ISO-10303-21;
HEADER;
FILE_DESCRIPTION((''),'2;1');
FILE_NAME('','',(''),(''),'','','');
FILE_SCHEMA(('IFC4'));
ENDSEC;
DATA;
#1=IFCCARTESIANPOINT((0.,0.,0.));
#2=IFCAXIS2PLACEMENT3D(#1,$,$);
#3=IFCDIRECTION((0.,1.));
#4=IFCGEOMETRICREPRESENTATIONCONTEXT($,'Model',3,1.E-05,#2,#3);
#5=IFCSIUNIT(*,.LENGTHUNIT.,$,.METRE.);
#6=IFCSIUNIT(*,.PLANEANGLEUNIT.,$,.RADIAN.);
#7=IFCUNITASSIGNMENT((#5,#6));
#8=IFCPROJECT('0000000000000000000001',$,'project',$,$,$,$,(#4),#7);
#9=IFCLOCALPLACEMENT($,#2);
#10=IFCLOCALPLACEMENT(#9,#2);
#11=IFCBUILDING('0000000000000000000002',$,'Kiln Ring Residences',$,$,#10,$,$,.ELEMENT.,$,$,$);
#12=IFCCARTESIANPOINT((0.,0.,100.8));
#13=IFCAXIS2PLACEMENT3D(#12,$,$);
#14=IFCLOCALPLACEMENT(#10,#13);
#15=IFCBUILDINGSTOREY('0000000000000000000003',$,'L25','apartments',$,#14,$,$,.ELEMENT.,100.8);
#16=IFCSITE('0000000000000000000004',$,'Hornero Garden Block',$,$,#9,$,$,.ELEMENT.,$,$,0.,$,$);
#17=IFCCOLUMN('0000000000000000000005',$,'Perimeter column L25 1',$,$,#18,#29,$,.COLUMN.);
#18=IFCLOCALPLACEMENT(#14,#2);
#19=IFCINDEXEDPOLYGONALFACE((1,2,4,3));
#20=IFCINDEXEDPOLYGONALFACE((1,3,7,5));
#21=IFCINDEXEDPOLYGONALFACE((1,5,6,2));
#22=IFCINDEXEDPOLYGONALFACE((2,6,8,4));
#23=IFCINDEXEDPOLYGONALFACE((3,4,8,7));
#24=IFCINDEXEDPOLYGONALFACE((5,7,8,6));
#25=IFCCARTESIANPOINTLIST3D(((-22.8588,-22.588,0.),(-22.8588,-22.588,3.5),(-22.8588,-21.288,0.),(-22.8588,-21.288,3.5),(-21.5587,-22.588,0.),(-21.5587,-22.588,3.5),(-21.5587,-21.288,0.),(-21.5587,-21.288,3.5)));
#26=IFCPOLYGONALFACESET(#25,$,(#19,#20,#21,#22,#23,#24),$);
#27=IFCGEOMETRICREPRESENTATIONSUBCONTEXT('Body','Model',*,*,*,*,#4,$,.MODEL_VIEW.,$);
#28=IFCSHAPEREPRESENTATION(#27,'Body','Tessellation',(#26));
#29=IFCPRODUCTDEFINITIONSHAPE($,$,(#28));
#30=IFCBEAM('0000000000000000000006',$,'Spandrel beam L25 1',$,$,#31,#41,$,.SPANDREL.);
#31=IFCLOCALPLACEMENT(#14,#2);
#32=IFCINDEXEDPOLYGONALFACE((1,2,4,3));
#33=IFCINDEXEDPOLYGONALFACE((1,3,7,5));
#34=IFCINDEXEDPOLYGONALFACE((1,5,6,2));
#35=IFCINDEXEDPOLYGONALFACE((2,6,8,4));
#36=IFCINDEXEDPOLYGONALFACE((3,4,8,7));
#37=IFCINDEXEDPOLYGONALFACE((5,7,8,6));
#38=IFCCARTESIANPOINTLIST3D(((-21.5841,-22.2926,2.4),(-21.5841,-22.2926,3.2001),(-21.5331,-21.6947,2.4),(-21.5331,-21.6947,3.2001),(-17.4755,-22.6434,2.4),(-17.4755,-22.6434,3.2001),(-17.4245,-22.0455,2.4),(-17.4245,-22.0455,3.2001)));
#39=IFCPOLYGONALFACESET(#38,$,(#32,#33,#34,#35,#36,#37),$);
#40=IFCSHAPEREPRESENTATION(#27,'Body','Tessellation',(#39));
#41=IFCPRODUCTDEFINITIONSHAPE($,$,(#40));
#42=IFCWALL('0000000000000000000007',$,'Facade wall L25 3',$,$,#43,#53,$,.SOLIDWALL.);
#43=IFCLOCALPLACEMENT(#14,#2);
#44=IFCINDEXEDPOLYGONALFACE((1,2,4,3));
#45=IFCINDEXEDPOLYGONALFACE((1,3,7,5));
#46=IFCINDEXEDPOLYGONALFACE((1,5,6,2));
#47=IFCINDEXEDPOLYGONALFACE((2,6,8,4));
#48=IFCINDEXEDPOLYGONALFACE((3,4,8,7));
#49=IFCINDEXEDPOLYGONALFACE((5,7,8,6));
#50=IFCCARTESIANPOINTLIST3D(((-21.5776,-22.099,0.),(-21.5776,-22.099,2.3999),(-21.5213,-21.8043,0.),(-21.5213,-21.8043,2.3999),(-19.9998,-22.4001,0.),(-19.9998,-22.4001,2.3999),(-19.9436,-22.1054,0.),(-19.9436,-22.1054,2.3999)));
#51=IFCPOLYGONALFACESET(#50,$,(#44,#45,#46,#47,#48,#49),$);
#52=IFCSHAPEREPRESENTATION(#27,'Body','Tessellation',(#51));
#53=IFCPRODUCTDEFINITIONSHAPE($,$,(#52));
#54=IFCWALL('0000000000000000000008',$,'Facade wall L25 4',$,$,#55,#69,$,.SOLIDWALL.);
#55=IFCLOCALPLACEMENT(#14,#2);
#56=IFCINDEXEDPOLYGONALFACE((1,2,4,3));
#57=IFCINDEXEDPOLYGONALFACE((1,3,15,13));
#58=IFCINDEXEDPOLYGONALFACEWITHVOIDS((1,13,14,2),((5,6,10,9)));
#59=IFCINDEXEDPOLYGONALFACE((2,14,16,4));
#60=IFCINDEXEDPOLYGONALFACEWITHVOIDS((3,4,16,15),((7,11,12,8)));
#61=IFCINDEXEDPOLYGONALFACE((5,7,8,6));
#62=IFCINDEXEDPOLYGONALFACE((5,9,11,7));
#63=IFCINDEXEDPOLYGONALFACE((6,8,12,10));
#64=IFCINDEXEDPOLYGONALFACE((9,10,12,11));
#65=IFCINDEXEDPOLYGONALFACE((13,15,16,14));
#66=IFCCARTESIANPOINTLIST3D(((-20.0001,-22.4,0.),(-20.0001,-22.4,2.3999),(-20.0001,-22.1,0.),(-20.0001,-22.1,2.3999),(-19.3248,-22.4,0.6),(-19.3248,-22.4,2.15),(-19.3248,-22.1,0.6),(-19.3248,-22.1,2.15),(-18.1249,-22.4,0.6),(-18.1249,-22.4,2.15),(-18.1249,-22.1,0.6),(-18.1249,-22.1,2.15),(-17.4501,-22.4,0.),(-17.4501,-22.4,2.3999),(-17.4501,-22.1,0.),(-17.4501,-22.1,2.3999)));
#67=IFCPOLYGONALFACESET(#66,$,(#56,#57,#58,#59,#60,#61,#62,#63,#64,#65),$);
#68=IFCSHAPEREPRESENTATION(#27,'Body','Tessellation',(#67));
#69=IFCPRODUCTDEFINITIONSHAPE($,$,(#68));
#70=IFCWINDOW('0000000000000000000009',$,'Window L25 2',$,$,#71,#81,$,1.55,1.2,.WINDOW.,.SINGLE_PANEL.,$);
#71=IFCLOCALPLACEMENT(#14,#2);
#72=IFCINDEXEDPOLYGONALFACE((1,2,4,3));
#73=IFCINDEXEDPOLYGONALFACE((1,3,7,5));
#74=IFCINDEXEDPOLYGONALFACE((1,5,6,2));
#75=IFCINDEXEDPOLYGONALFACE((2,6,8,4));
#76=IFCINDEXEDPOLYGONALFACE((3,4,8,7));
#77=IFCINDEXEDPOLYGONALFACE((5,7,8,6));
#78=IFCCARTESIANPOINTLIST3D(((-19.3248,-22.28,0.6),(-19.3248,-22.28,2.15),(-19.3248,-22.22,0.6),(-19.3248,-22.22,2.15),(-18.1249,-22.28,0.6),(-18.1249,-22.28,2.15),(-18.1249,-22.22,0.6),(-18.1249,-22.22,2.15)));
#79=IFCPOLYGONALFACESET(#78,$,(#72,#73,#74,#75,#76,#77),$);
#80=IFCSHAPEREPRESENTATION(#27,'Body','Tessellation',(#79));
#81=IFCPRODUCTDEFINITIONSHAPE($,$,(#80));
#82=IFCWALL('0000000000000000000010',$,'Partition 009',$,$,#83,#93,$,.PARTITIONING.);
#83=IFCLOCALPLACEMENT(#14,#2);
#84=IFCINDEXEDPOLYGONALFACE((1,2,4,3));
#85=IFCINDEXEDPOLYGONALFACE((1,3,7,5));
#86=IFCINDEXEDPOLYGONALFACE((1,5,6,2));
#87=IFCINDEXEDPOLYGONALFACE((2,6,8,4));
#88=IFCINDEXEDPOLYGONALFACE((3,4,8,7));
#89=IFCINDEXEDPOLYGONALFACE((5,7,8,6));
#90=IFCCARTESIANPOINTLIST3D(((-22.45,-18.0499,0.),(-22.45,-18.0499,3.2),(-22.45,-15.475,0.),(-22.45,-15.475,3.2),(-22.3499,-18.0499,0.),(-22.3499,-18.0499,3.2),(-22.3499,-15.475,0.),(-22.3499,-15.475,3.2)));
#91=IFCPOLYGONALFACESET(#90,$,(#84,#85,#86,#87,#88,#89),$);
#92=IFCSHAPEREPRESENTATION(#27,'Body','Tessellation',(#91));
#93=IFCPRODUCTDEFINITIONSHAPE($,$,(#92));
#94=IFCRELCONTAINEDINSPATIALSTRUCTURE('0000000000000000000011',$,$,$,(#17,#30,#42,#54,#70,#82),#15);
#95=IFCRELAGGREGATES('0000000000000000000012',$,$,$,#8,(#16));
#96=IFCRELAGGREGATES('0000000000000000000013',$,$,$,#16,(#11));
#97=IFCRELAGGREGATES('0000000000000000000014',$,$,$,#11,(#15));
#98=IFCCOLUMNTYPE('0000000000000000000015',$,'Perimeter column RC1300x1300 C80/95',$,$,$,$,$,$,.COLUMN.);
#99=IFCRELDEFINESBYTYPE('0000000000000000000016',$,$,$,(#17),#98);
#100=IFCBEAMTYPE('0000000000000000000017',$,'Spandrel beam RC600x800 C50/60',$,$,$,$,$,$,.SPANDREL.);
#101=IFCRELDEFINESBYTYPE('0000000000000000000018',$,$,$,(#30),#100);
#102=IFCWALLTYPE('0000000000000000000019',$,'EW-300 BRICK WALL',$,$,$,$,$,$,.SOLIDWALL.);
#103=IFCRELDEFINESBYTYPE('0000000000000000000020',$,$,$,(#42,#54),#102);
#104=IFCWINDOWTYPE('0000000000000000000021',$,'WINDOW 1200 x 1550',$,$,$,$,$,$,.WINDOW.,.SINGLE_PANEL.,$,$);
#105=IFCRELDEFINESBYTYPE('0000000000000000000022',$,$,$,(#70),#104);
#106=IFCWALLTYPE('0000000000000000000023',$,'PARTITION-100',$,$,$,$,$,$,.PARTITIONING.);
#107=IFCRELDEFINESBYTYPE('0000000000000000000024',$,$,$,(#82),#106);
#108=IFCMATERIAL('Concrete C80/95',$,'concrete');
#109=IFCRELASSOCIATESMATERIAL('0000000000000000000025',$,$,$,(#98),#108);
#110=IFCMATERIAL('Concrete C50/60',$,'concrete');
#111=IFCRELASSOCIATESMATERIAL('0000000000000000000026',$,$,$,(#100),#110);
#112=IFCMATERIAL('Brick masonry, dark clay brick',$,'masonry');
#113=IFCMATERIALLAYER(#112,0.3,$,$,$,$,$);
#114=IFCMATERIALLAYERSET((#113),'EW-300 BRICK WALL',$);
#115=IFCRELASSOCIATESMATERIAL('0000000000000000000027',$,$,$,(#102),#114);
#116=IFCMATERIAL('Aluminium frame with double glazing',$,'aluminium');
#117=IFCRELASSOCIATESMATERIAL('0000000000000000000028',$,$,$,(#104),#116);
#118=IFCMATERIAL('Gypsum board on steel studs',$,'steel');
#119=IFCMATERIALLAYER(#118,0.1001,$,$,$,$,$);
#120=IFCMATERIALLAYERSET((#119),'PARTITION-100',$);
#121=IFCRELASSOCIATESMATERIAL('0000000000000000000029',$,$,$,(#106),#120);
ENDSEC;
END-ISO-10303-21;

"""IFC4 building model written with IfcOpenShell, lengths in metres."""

from ifc_helpers import new_model, si_unit, direction, frame, frame_2d, origin, origin_2d, place, context, subcontext, project, spatial, rectangle, extrude, material, layer, layer_set, material_profile, profile_set, type_object, element, fill, save


model = new_model("IFC4")

# Units and contexts
model_context = context("Model", 3, precision=1e-05, world=origin(), true_north=direction((0.0, 1.0)))
body_context = subcontext(model_context, "Body", "Model", "MODEL_VIEW")
ifc_project = project(units=[si_unit("LENGTHUNIT", "METRE"), si_unit("PLANEANGLEUNIT", "RADIAN")], contexts=[model_context])

# Site, building, storey
site_placement = place(None, origin())
site = spatial("IfcSite", under=ifc_project, at=site_placement, Name="Hornero Garden Block", CompositionType="ELEMENT", RefElevation=0.0)
building_placement = place(site_placement, origin())
building = spatial("IfcBuilding", under=site, at=building_placement, Name="Kiln Ring Residences", CompositionType="ELEMENT")
storey_placement = place(building_placement, frame((0.0, 0.0, 100.8)))
storey = spatial("IfcBuildingStorey", under=building, at=storey_placement, Name="L25", Description="apartments", CompositionType="ELEMENT", Elevation=100.8)

# Column
ifc_material_1 = material(Name="Concrete C80/95", Category="concrete")
ifc_material_profile_1 = material_profile(ifc_material_1, rectangle(XDim=1.3, YDim=1.3, at=origin_2d()), Name="RC1300x1300")
ifc_profile_set_1 = profile_set([ifc_material_profile_1], Name="Concrete C80/95")
column_type = type_object("IfcColumnType", Name="Perimeter column RC1300x1300 C80/95", PredefinedType="COLUMN", material=ifc_profile_set_1)
column_placement = place(storey_placement, frame((-22.2087, -21.938, 0.0), z_axis=(0.0, 0.0, 1.0), x_axis=(1.0, 0.0, 0.0)))
element("IfcColumn", 1, at=column_placement, inside=storey, type_object=column_type, Name="Perimeter column L25 1", PredefinedType="COLUMN", context=body_context, shape_type="SweptSolid", body=[
    extrude(rectangle(XDim=1.3, YDim=1.3, at=origin_2d()), origin(), (0.0, 0.0, 1.0), 3.5),
])

# Beam
ifc_material_2 = material(Name="Concrete C50/60", Category="concrete")
ifc_material_profile_2 = material_profile(ifc_material_2, rectangle(XDim=0.6001, YDim=0.8, at=origin_2d()), Name="RC600x800")
ifc_profile_set_2 = profile_set([ifc_material_profile_2], Name="Concrete C50/60")
beam_type = type_object("IfcBeamType", Name="Spandrel beam RC600x800 C50/60", PredefinedType="SPANDREL", material=ifc_profile_set_2)
beam_placement = place(storey_placement, frame((-21.5586, -21.9937, 2.8), z_axis=(0.996374, -0.085079, 0.0), x_axis=(0.085079, 0.996374, 0.0)))
element("IfcBeam", 2, at=beam_placement, inside=storey, type_object=beam_type, Name="Spandrel beam L25 1", PredefinedType="SPANDREL", context=body_context, shape_type="SweptSolid", body=[
    extrude(rectangle(XDim=0.6001, YDim=0.8, at=origin_2d()), origin(), (0.0, 0.0, 1.0), 4.1235),
])

# Wall
ifc_material_3 = material(Name="Brick masonry, dark clay brick", Category="masonry")
ifc_layer_1 = layer(ifc_material_3, 0.3)
ifc_layer_set_1 = layer_set([ifc_layer_1], Name="EW-300 BRICK WALL")
wall_type_1 = type_object("IfcWallType", Name="EW-300 BRICK WALL", PredefinedType="SOLIDWALL", material=ifc_layer_set_1)
wall_1_placement = place(storey_placement, frame((-21.5496, -21.9517, 0.0), z_axis=(0.0, 0.0, 1.0), x_axis=(0.982279, -0.187426, 0.0)))
element("IfcWall", 3, at=wall_1_placement, inside=storey, type_object=wall_type_1, Name="Facade wall L25 3", PredefinedType="SOLIDWALL", context=body_context, shape_type="SweptSolid", body=[
    extrude(rectangle(XDim=1.6062, YDim=0.3, at=frame_2d((0.8032, 0.0))), origin(), (0.0, 0.0, 1.0), 2.3999),
])

# Wall, opening, window
wall_2_placement = place(storey_placement, frame((-20.0, -22.25, 0.0), z_axis=(0.0, 0.0, 1.0), x_axis=(1.0, 0.0, 0.0)))
wall_2 = element("IfcWall", 4, at=wall_2_placement, inside=storey, type_object=wall_type_1, Name="Facade wall L25 4", PredefinedType="SOLIDWALL", context=body_context, shape_type="SweptSolid", body=[
    extrude(rectangle(XDim=2.55, YDim=0.3, at=frame_2d((1.2749, 0.0))), origin(), (0.0, 0.0, 1.0), 2.3999),
])
opening_placement = place(wall_2_placement, frame((0.675, 0.0, 0.6001)))
opening = element("IfcOpeningElement", 5, at=opening_placement, cuts=wall_2, PredefinedType="OPENING", context=body_context, shape_type="SweptSolid", body=[
    extrude(rectangle(XDim=1.2, YDim=1.55, at=frame_2d((0.6001, 0.7749))), frame((0.0, 0.1599, 0.0), z_axis=(0.0, -1.0, 0.0), x_axis=(1.0, 0.0, 0.0)), (0.0, 0.0, 1.0), 0.3201),
])
ifc_material_4 = material(Name="Aluminium frame with double glazing", Category="aluminium")
window_type = type_object("IfcWindowType", Name="WINDOW 1200 x 1550", PartitioningType="SINGLE_PANEL", PredefinedType="WINDOW", material=ifc_material_4)
window_placement = place(opening_placement, origin())
window = element("IfcWindow", 6, at=window_placement, inside=storey, type_object=window_type, Name="Window L25 2", OverallHeight=1.55, OverallWidth=1.2, PartitioningType="SINGLE_PANEL", PredefinedType="WINDOW", context=body_context, shape_type="SweptSolid", body=[
    extrude(rectangle(XDim=1.2, YDim=1.55, at=frame_2d((0.6001, 0.7749))), frame((0.0, 0.03, 0.0), z_axis=(0.0, -1.0, 0.0), x_axis=(1.0, 0.0, 0.0)), (0.0, 0.0, 1.0), 0.0601),
])
fill(opening, window)

# Wall
ifc_material_5 = material(Name="Gypsum board on steel studs", Category="steel")
ifc_layer_2 = layer(ifc_material_5, 0.1001)
ifc_layer_set_2 = layer_set([ifc_layer_2], Name="PARTITION-100")
wall_type_2 = type_object("IfcWallType", Name="PARTITION-100", PredefinedType="PARTITIONING", material=ifc_layer_set_2)
wall_3_placement = place(storey_placement, frame((-22.3999, -18.05, 0.0), z_axis=(0.0, 0.0, 1.0), x_axis=(0.0, 1.0, 0.0)))
element("IfcWall", 7, at=wall_3_placement, inside=storey, type_object=wall_type_2, Name="Partition 009", PredefinedType="PARTITIONING", context=body_context, shape_type="SweptSolid", body=[
    extrude(rectangle(XDim=2.575, YDim=0.1001, at=frame_2d((1.2876, 0.0))), origin(), (0.0, 0.0, 1.0), 3.2),
])

save(model, "model.ifc")
